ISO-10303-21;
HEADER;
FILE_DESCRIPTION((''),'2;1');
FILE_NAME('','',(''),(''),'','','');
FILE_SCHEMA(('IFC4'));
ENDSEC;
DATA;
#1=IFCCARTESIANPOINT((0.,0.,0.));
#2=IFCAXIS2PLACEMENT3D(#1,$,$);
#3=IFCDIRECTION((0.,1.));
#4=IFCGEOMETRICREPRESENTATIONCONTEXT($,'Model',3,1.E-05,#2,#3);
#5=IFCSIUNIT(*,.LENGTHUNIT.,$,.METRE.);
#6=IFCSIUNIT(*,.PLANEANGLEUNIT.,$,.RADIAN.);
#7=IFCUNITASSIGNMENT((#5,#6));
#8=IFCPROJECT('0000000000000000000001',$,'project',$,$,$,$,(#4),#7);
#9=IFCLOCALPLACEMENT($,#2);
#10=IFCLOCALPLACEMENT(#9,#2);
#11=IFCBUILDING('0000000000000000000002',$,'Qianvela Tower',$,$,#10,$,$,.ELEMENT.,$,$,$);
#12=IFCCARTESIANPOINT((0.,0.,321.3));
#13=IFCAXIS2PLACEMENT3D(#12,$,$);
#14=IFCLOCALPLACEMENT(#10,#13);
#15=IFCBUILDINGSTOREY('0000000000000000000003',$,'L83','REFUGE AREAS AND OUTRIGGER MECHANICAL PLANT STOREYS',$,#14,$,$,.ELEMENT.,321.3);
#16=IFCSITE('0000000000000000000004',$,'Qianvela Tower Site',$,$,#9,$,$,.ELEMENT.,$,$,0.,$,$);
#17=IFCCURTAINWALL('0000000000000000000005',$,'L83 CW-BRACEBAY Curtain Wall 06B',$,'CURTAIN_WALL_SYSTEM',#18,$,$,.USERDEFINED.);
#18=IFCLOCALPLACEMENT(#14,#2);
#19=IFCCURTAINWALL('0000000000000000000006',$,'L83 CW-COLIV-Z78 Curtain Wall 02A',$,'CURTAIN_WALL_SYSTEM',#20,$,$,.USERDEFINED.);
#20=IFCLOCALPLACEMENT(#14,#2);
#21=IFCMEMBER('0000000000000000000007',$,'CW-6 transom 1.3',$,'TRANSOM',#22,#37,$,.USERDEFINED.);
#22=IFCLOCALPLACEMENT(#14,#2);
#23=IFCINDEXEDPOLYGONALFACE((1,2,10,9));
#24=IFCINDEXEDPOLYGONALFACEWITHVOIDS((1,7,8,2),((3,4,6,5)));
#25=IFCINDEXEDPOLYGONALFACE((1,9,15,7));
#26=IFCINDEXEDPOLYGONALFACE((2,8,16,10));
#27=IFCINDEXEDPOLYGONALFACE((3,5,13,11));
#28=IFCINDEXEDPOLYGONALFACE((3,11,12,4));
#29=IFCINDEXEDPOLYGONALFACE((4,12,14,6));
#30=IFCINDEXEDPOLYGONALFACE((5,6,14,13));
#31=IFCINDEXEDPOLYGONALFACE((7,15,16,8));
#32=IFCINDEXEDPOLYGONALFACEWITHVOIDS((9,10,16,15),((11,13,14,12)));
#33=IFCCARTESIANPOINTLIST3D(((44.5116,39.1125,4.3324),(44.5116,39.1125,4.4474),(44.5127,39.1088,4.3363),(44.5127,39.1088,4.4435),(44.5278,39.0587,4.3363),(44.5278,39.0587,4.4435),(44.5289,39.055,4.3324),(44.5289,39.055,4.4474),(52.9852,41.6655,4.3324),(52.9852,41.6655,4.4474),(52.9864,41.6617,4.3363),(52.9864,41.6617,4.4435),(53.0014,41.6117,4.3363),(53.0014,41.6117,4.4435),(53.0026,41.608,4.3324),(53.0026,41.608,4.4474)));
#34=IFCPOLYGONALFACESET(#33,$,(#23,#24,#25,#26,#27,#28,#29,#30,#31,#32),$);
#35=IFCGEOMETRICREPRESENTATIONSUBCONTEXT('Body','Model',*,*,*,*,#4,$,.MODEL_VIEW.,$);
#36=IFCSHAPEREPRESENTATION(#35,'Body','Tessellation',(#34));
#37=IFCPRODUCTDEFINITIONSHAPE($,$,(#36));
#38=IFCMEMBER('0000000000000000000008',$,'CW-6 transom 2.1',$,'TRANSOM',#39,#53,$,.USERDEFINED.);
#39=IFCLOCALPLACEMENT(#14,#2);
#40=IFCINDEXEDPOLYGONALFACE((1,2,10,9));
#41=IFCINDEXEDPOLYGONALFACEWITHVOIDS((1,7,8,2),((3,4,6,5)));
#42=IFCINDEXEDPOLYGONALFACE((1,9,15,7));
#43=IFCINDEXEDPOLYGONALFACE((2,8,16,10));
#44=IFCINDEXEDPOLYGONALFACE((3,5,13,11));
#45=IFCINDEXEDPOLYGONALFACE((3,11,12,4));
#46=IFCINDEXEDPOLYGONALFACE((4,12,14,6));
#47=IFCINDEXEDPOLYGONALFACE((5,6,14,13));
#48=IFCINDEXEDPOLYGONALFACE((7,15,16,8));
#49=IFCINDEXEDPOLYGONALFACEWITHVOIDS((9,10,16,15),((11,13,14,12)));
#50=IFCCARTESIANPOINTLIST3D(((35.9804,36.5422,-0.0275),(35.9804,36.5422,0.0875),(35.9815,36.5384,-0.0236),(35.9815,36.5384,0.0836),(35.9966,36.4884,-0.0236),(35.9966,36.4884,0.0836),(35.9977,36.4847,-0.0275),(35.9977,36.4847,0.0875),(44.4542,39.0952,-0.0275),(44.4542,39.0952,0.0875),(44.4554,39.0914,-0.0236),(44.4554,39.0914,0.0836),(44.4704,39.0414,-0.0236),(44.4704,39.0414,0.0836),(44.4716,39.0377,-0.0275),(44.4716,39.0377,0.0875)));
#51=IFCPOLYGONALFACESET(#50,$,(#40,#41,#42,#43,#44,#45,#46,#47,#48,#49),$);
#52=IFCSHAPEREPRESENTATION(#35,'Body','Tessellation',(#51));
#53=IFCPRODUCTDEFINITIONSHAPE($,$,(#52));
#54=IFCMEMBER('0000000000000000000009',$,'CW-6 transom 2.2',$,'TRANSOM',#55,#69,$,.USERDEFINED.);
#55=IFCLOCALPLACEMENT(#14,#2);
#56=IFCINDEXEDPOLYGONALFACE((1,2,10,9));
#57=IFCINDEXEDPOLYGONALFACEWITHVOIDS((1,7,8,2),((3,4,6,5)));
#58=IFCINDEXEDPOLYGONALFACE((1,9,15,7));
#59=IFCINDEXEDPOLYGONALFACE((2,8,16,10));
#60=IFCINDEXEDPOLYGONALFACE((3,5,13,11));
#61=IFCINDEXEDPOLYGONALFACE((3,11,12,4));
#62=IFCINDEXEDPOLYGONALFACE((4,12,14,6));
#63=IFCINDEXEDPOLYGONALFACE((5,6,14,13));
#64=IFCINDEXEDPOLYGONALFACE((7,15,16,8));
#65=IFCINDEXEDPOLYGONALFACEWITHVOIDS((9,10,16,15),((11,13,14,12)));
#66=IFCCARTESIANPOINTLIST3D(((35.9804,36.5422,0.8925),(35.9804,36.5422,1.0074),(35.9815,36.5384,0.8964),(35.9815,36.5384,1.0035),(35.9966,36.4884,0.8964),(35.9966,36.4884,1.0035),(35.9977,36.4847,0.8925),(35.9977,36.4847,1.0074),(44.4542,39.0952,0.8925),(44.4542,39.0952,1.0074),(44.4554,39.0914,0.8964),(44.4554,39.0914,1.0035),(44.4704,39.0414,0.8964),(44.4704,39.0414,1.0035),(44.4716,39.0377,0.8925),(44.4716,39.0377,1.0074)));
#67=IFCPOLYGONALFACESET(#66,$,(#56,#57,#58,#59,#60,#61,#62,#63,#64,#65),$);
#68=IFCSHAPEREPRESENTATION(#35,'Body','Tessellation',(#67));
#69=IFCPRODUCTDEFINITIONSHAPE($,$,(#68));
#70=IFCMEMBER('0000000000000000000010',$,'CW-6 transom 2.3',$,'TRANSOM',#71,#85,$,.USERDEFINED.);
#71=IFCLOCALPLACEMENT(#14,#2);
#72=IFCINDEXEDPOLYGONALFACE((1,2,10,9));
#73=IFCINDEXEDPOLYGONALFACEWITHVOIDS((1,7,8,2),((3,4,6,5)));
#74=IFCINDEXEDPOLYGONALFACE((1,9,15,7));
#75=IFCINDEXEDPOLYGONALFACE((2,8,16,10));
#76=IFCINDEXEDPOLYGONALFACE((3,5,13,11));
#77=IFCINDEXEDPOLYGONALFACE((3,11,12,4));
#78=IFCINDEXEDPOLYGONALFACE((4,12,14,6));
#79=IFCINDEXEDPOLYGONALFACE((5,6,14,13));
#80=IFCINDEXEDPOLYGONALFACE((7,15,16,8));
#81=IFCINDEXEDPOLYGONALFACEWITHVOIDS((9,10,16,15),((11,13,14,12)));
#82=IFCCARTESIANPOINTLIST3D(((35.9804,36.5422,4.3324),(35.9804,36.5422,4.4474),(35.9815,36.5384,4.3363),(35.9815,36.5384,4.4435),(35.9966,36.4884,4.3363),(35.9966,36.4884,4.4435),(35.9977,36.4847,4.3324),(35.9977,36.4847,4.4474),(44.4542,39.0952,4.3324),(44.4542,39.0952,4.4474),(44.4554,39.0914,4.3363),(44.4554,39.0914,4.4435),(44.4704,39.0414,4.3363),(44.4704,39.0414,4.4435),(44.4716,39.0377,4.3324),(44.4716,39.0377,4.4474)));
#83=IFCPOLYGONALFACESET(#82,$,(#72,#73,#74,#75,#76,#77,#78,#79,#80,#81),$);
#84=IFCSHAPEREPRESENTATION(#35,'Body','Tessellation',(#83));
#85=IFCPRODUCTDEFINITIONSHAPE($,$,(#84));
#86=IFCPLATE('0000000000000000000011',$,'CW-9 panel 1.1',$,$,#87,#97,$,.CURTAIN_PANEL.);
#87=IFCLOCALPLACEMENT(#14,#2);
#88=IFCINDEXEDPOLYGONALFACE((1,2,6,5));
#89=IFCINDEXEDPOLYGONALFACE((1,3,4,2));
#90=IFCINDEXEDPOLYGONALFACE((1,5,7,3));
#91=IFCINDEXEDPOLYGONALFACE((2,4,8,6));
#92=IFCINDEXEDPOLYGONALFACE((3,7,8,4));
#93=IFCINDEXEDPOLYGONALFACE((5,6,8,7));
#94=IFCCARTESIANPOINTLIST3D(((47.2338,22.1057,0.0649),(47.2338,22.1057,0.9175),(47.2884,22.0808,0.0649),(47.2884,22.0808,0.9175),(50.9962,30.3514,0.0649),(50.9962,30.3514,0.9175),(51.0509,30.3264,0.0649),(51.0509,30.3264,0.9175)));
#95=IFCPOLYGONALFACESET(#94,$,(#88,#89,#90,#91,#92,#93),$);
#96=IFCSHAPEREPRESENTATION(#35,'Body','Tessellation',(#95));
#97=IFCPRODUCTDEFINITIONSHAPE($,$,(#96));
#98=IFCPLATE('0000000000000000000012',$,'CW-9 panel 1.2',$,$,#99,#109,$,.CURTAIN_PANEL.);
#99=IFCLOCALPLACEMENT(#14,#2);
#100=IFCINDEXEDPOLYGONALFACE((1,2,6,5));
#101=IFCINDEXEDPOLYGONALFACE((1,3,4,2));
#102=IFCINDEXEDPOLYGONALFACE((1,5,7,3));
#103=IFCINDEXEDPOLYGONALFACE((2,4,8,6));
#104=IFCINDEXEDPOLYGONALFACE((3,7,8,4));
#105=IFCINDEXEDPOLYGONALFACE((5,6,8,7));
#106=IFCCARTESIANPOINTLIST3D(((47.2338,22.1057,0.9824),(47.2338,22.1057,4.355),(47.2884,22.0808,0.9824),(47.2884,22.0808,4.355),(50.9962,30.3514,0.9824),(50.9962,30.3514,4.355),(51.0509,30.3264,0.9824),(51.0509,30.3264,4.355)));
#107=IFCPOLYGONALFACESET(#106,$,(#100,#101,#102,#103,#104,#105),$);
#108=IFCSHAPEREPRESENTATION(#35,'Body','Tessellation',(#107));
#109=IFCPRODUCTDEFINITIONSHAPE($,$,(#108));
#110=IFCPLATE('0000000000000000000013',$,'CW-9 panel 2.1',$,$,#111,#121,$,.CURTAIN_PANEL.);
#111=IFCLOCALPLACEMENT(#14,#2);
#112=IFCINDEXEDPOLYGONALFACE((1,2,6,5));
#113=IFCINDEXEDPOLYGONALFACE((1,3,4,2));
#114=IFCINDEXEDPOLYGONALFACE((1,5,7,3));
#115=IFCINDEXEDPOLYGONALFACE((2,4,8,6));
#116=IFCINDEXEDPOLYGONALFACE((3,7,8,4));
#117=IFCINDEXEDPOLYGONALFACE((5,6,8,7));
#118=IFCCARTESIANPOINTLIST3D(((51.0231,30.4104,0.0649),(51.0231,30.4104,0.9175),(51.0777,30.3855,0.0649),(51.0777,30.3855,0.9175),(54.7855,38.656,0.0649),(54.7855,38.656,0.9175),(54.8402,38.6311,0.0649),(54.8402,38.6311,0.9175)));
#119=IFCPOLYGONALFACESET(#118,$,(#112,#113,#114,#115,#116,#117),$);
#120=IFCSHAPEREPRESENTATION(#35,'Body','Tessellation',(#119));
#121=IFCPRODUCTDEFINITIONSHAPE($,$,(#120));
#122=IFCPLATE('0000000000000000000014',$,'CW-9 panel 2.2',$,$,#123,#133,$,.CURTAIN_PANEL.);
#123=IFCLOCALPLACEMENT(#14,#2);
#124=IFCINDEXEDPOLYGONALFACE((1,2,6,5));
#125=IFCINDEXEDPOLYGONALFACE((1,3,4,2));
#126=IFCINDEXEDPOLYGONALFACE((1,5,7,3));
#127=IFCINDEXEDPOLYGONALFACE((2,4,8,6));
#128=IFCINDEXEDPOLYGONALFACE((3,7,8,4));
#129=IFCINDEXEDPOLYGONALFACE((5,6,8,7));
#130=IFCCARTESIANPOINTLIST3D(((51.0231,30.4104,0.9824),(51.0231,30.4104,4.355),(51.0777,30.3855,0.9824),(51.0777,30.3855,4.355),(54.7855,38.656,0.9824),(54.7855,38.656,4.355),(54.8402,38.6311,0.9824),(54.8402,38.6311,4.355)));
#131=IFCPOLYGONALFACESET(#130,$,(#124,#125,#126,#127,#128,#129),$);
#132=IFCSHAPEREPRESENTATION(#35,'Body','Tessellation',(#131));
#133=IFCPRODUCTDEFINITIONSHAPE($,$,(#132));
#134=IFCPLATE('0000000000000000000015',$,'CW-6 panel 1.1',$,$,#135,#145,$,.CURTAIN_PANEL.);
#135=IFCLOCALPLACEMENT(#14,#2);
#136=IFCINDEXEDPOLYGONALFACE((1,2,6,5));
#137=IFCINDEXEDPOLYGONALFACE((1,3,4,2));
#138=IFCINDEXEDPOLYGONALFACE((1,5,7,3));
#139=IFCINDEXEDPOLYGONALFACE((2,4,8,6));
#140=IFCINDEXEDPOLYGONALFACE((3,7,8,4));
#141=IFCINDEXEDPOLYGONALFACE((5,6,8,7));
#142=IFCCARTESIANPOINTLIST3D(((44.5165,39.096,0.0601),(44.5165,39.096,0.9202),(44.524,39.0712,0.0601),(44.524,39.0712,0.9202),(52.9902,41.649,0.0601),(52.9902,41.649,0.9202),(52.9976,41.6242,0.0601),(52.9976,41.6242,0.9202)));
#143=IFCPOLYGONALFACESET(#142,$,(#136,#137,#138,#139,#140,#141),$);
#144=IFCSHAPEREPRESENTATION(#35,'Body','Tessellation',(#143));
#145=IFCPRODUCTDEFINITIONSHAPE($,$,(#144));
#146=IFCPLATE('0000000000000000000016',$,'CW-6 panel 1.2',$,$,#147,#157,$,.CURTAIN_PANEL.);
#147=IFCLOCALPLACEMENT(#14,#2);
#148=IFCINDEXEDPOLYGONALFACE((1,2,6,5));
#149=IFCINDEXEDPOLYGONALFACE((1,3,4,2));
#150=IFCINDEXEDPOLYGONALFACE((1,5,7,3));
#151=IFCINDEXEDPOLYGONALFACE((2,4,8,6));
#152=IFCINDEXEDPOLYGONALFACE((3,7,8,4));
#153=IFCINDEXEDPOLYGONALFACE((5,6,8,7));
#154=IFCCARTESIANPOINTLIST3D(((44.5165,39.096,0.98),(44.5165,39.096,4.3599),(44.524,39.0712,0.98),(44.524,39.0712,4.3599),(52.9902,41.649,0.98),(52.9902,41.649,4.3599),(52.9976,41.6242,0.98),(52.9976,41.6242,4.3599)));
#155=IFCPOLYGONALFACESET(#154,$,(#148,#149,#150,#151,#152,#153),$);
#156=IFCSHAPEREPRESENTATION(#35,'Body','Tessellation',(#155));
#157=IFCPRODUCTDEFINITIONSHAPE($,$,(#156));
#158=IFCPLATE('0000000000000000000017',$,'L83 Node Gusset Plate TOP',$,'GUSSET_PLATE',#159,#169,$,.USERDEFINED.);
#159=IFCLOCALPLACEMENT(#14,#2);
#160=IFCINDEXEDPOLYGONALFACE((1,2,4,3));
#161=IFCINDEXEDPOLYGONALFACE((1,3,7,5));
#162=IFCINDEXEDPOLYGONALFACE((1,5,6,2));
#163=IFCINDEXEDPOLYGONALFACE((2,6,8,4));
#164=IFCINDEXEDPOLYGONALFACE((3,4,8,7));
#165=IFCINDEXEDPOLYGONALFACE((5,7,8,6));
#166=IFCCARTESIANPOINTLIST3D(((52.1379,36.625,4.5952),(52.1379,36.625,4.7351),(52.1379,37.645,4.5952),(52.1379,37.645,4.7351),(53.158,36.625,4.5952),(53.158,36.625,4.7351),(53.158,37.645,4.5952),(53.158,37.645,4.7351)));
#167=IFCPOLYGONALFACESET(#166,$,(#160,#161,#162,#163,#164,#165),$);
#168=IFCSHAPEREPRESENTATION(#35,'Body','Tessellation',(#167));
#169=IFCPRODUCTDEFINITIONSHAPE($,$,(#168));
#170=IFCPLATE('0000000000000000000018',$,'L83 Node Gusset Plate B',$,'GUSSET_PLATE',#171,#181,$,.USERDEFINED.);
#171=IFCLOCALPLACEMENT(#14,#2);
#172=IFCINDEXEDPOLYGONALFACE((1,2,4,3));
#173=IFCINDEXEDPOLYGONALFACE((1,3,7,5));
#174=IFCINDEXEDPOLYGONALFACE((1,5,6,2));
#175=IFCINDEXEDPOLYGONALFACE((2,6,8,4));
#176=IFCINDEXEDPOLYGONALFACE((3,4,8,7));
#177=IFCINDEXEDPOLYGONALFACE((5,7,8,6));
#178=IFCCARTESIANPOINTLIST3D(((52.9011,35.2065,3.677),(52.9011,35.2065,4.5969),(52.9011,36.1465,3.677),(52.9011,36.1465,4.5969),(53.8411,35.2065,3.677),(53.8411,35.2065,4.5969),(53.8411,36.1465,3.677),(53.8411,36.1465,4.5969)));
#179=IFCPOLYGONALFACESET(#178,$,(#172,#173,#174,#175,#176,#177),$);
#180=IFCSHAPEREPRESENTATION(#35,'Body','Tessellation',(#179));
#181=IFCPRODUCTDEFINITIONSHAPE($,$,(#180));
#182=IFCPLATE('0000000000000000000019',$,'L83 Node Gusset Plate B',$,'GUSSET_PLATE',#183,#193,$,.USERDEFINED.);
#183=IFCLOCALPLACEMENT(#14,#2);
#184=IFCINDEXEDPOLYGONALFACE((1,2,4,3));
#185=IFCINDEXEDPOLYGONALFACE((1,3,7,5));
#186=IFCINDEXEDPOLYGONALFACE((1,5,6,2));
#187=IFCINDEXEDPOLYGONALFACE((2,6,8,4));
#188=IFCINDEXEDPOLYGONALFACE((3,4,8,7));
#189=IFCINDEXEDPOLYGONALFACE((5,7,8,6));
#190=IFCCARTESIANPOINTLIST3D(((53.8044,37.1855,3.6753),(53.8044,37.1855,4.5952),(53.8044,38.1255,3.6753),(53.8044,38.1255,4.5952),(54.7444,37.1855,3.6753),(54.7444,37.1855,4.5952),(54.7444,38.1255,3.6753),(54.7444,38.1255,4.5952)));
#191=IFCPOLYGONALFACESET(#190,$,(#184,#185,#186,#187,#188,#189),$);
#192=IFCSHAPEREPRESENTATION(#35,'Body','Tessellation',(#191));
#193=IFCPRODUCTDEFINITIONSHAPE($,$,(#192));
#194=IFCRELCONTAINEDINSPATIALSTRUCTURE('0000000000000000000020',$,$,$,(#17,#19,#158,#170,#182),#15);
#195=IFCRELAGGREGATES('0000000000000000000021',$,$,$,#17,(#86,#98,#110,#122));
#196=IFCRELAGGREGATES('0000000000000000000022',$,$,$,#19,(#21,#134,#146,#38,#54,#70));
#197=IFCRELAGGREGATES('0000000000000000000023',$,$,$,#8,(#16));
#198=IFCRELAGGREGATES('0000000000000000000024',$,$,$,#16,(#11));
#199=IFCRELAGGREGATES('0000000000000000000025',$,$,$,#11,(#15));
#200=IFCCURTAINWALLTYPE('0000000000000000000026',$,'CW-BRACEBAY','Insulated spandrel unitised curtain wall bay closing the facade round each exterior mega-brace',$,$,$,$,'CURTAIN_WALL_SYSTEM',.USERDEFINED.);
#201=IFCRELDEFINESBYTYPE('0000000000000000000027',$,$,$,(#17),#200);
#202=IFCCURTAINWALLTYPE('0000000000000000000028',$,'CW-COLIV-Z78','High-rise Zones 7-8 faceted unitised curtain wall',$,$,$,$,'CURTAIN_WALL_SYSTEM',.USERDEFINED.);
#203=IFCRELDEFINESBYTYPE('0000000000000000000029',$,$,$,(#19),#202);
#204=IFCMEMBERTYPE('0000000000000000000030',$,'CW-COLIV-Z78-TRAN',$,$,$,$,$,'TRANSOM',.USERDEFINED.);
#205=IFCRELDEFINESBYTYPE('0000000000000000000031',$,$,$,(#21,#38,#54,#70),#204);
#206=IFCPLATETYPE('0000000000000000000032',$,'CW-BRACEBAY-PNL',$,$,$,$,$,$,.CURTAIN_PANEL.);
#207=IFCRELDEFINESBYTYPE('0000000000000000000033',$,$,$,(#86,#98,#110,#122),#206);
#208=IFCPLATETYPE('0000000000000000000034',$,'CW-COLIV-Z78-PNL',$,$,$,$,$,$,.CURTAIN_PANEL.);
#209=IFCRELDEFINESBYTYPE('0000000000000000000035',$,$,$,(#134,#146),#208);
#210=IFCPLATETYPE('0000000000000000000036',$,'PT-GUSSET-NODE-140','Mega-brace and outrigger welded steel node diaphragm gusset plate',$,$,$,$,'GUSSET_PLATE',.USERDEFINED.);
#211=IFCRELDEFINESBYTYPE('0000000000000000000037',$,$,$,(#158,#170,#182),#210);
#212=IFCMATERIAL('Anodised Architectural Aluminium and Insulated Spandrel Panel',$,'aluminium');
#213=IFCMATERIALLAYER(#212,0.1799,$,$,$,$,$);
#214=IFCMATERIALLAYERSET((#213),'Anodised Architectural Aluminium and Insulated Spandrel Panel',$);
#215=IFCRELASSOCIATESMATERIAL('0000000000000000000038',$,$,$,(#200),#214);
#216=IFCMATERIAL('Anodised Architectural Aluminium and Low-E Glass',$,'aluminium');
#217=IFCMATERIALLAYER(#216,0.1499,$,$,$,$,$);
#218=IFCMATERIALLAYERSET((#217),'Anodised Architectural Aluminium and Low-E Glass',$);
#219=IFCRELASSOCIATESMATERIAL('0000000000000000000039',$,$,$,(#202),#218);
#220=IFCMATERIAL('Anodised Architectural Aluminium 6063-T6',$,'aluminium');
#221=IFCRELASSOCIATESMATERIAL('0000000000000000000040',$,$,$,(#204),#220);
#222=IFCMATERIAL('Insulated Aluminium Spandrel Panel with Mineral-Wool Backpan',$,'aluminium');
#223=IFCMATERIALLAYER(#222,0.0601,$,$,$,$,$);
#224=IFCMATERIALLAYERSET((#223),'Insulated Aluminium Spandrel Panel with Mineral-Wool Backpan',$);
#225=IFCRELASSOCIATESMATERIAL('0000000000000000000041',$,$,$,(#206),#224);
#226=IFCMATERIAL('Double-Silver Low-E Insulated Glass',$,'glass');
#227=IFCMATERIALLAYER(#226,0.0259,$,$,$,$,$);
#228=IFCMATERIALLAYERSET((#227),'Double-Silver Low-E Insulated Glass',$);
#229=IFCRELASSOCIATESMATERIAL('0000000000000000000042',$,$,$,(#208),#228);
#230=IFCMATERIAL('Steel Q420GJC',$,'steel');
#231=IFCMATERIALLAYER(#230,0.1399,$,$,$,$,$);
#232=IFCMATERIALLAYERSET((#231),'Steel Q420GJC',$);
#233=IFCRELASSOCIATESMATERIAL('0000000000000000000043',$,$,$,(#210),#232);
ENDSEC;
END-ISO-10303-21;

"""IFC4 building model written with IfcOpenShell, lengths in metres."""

from ifc_helpers import new_model, si_unit, direction, frame, origin, origin_2d, place, context, subcontext, project, spatial, rectangle, hollow_rectangle, extrude, material, layer, layer_set, material_profile, profile_set, type_object, element, aggregate, save


model = new_model("IFC4")

# Units and contexts
model_context = context("Model", 3, precision=1e-05, world=origin(), true_north=direction((0.0, 1.0)))
body_context = subcontext(model_context, "Body", "Model", "MODEL_VIEW")
ifc_project = project(units=[si_unit("LENGTHUNIT", "METRE"), si_unit("PLANEANGLEUNIT", "RADIAN")], contexts=[model_context])

# Site, building, storey
site_placement = place(None, origin())
site = spatial("IfcSite", under=ifc_project, at=site_placement, Name="Qianvela Tower Site", CompositionType="ELEMENT", RefElevation=0.0)
building_placement = place(site_placement, origin())
building = spatial("IfcBuilding", under=site, at=building_placement, Name="Qianvela Tower", CompositionType="ELEMENT")
storey_placement = place(building_placement, frame((0.0, 0.0, 321.3)))
storey = spatial("IfcBuildingStorey", under=building, at=storey_placement, Name="L83", Description="REFUGE AREAS AND OUTRIGGER MECHANICAL PLANT STOREYS", CompositionType="ELEMENT", Elevation=321.3)

# Curtain walls, members
ifc_material_1 = material(Name="Anodised Architectural Aluminium and Insulated Spandrel Panel", Category="aluminium")
ifc_layer_1 = layer(ifc_material_1, 0.1799)
ifc_layer_set_1 = layer_set([ifc_layer_1], Name="Anodised Architectural Aluminium and Insulated Spandrel Panel")
curtain_wall_type_1 = type_object("IfcCurtainWallType", Name="CW-BRACEBAY", Description="Insulated spandrel unitised curtain wall bay closing the facade round each exterior mega-brace", ElementType="CURTAIN_WALL_SYSTEM", PredefinedType="USERDEFINED", material=ifc_layer_set_1)
curtain_wall_1_placement = place(storey_placement, origin())
curtain_wall_1 = element("IfcCurtainWall", 1, at=curtain_wall_1_placement, inside=storey, type_object=curtain_wall_type_1, Name="L83 CW-BRACEBAY Curtain Wall 06B", ObjectType="CURTAIN_WALL_SYSTEM", PredefinedType="USERDEFINED")
ifc_material_2 = material(Name="Anodised Architectural Aluminium and Low-E Glass", Category="aluminium")
ifc_layer_2 = layer(ifc_material_2, 0.1499)
ifc_layer_set_2 = layer_set([ifc_layer_2], Name="Anodised Architectural Aluminium and Low-E Glass")
curtain_wall_type_2 = type_object("IfcCurtainWallType", Name="CW-COLIV-Z78", Description="High-rise Zones 7-8 faceted unitised curtain wall", ElementType="CURTAIN_WALL_SYSTEM", PredefinedType="USERDEFINED", material=ifc_layer_set_2)
curtain_wall_2_placement = place(storey_placement, origin())
curtain_wall_2 = element("IfcCurtainWall", 2, at=curtain_wall_2_placement, inside=storey, type_object=curtain_wall_type_2, Name="L83 CW-COLIV-Z78 Curtain Wall 02A", ObjectType="CURTAIN_WALL_SYSTEM", PredefinedType="USERDEFINED")
ifc_material_3 = material(Name="Anodised Architectural Aluminium 6063-T6", Category="aluminium")
ifc_material_profile_1 = material_profile(ifc_material_3, hollow_rectangle(XDim=0.0601, YDim=0.115, WallThickness=0.0039, at=origin_2d()), Name="ALU-TRAN-60x115")
ifc_profile_set_1 = profile_set([ifc_material_profile_1], Name="Anodised Architectural Aluminium 6063-T6")
member_type_1 = type_object("IfcMemberType", Name="CW-COLIV-Z78-TRAN", ElementType="TRANSOM", PredefinedType="USERDEFINED", material=ifc_profile_set_1)
member_1_placement = place(storey_placement, frame((52.9939, 41.6367, 4.3899), z_axis=(-0.957487, -0.288476, 0.0), x_axis=(0.288476, -0.957487, 0.0)))
member_1 = element("IfcMember", 3, at=member_1_placement, type_object=member_type_1, Name="CW-6 transom 1.3", ObjectType="TRANSOM", PredefinedType="USERDEFINED", context=body_context, shape_type="SweptSolid", body=[
    extrude(hollow_rectangle(XDim=0.0601, YDim=0.115, WallThickness=0.0039, at=origin_2d()), origin(), (0.0, 0.0, 1.0), 8.8499),
])
member_2_placement = place(storey_placement, frame((44.4629, 39.0664, 0.03), z_axis=(-0.957489, -0.288469, 0.0), x_axis=(0.288469, -0.957489, 0.0)))
member_2 = element("IfcMember", 4, at=member_2_placement, type_object=member_type_1, Name="CW-6 transom 2.1", ObjectType="TRANSOM", PredefinedType="USERDEFINED", context=body_context, shape_type="SweptSolid", body=[
    extrude(hollow_rectangle(XDim=0.0601, YDim=0.115, WallThickness=0.0039, at=origin_2d()), origin(), (0.0, 0.0, 1.0), 8.8501),
])
member_3_placement = place(storey_placement, frame((44.4629, 39.0664, 0.95), z_axis=(-0.957489, -0.288469, 0.0), x_axis=(0.288469, -0.957489, 0.0)))
member_3 = element("IfcMember", 5, at=member_3_placement, type_object=member_type_1, Name="CW-6 transom 2.2", ObjectType="TRANSOM", PredefinedType="USERDEFINED", context=body_context, shape_type="SweptSolid", body=[
    extrude(hollow_rectangle(XDim=0.0601, YDim=0.115, WallThickness=0.0039, at=origin_2d()), origin(), (0.0, 0.0, 1.0), 8.8501),
])
member_4_placement = place(storey_placement, frame((44.4629, 39.0664, 4.3899), z_axis=(-0.957489, -0.288469, 0.0), x_axis=(0.288469, -0.957489, 0.0)))
member_4 = element("IfcMember", 6, at=member_4_placement, type_object=member_type_1, Name="CW-6 transom 2.3", ObjectType="TRANSOM", PredefinedType="USERDEFINED", context=body_context, shape_type="SweptSolid", body=[
    extrude(hollow_rectangle(XDim=0.0601, YDim=0.115, WallThickness=0.0039, at=origin_2d()), origin(), (0.0, 0.0, 1.0), 8.8501),
])

# Plates
ifc_material_4 = material(Name="Insulated Aluminium Spandrel Panel with Mineral-Wool Backpan", Category="aluminium")
ifc_layer_3 = layer(ifc_material_4, 0.0601)
ifc_layer_set_3 = layer_set([ifc_layer_3], Name="Insulated Aluminium Spandrel Panel with Mineral-Wool Backpan")
plate_type_1 = type_object("IfcPlateType", Name="CW-BRACEBAY-PNL", PredefinedType="CURTAIN_PANEL", material=ifc_layer_set_3)
plate_1_placement = place(storey_placement, frame((49.1423, 26.2161, 0.0649), z_axis=(0.0, 0.0, 1.0), x_axis=(0.415119, 0.909767, 0.0)))
plate_1 = element("IfcPlate", 7, at=plate_1_placement, type_object=plate_type_1, Name="CW-9 panel 1.1", PredefinedType="CURTAIN_PANEL", context=body_context, shape_type="SweptSolid", body=[
    extrude(rectangle(XDim=9.0635, YDim=0.0601, at=origin_2d()), origin(), (0.0, 0.0, 1.0), 0.8525),
])
plate_2_placement = place(storey_placement, frame((49.1423, 26.2161, 0.9824), z_axis=(0.0, 0.0, 1.0), x_axis=(0.415119, 0.909767, 0.0)))
plate_2 = element("IfcPlate", 8, at=plate_2_placement, type_object=plate_type_1, Name="CW-9 panel 1.2", PredefinedType="CURTAIN_PANEL", context=body_context, shape_type="SweptSolid", body=[
    extrude(rectangle(XDim=9.0635, YDim=0.0601, at=origin_2d()), origin(), (0.0, 0.0, 1.0), 3.3726),
])
plate_3_placement = place(storey_placement, frame((52.9316, 34.5208, 0.0649), z_axis=(0.0, 0.0, 1.0), x_axis=(0.415119, 0.909767, 0.0)))
plate_3 = element("IfcPlate", 9, at=plate_3_placement, type_object=plate_type_1, Name="CW-9 panel 2.1", PredefinedType="CURTAIN_PANEL", context=body_context, shape_type="SweptSolid", body=[
    extrude(rectangle(XDim=9.0635, YDim=0.0601, at=origin_2d()), origin(), (0.0, 0.0, 1.0), 0.8525),
])
plate_4_placement = place(storey_placement, frame((52.9316, 34.5208, 0.9824), z_axis=(0.0, 0.0, 1.0), x_axis=(0.415119, 0.909767, 0.0)))
plate_4 = element("IfcPlate", 10, at=plate_4_placement, type_object=plate_type_1, Name="CW-9 panel 2.2", PredefinedType="CURTAIN_PANEL", context=body_context, shape_type="SweptSolid", body=[
    extrude(rectangle(XDim=9.0635, YDim=0.0601, at=origin_2d()), origin(), (0.0, 0.0, 1.0), 3.3726),
])
aggregate(curtain_wall_1, [plate_1, plate_2, plate_3, plate_4])
ifc_material_5 = material(Name="Double-Silver Low-E Insulated Glass", Category="glass")
ifc_layer_4 = layer(ifc_material_5, 0.0259)
ifc_layer_set_4 = layer_set([ifc_layer_4], Name="Double-Silver Low-E Insulated Glass")
plate_type_2 = type_object("IfcPlateType", Name="CW-COLIV-Z78-PNL", PredefinedType="CURTAIN_PANEL", material=ifc_layer_set_4)
plate_5_placement = place(storey_placement, frame((48.7571, 40.3601, 0.0601), z_axis=(0.0, 0.0, 1.0), x_axis=(-0.957486, -0.28848, 0.0)))
plate_5 = element("IfcPlate", 11, at=plate_5_placement, type_object=plate_type_2, Name="CW-6 panel 1.1", PredefinedType="CURTAIN_PANEL", context=body_context, shape_type="SweptSolid", body=[
    extrude(rectangle(XDim=8.8499, YDim=0.0259, at=origin_2d()), origin(), (0.0, 0.0, 1.0), 0.8601),
])
plate_6_placement = place(storey_placement, frame((48.7571, 40.3601, 0.98), z_axis=(0.0, 0.0, 1.0), x_axis=(-0.957486, -0.28848, 0.0)))
plate_6 = element("IfcPlate", 12, at=plate_6_placement, type_object=plate_type_2, Name="CW-6 panel 1.2", PredefinedType="CURTAIN_PANEL", context=body_context, shape_type="SweptSolid", body=[
    extrude(rectangle(XDim=8.8499, YDim=0.0259, at=origin_2d()), origin(), (0.0, 0.0, 1.0), 3.3799),
])
aggregate(curtain_wall_2, [member_1, plate_5, plate_6, member_2, member_3, member_4])

# Plates
ifc_material_6 = material(Name="Steel Q420GJC", Category="steel")
ifc_layer_5 = layer(ifc_material_6, 0.1399)
ifc_layer_set_5 = layer_set([ifc_layer_5], Name="Steel Q420GJC")
plate_type_3 = type_object("IfcPlateType", Name="PT-GUSSET-NODE-140", Description="Mega-brace and outrigger welded steel node diaphragm gusset plate", ElementType="GUSSET_PLATE", PredefinedType="USERDEFINED", material=ifc_layer_set_5)
plate_7_placement = place(storey_placement, frame((52.6479, 37.135, 4.5952), z_axis=(0.0, 0.0, 1.0), x_axis=(1.0, 0.0, 0.0)))
element("IfcPlate", 13, at=plate_7_placement, inside=storey, type_object=plate_type_3, Name="L83 Node Gusset Plate TOP", ObjectType="GUSSET_PLATE", PredefinedType="USERDEFINED", context=body_context, shape_type="SweptSolid", body=[
    extrude(rectangle(XDim=1.02, YDim=1.02, at=origin_2d()), origin(), (0.0, 0.0, 1.0), 0.1399),
])
for number, where, z_axis, x_axis, name in (
    (14, (53.3711, 35.6765, 3.677), (0.0, 0.0, 1.0), (1.0, 0.0, 0.0), "L83 Node Gusset Plate B"),
    (15, (54.2744, 37.6555, 3.6753), (0.0, 0.0, 1.0), (1.0, 0.0, 0.0), "L83 Node Gusset Plate B"),
):
    element("IfcPlate", number, at=place(storey_placement, frame(where, z_axis=z_axis, x_axis=x_axis)), inside=storey, type_object=plate_type_3, Name=name, ObjectType="GUSSET_PLATE", PredefinedType="USERDEFINED", context=body_context, shape_type="SweptSolid", body=[
        extrude(rectangle(XDim=0.9399, YDim=0.9399, at=origin_2d()), origin(), (0.0, 0.0, 1.0), 0.9199),
    ])

save(model, "model.ifc")
